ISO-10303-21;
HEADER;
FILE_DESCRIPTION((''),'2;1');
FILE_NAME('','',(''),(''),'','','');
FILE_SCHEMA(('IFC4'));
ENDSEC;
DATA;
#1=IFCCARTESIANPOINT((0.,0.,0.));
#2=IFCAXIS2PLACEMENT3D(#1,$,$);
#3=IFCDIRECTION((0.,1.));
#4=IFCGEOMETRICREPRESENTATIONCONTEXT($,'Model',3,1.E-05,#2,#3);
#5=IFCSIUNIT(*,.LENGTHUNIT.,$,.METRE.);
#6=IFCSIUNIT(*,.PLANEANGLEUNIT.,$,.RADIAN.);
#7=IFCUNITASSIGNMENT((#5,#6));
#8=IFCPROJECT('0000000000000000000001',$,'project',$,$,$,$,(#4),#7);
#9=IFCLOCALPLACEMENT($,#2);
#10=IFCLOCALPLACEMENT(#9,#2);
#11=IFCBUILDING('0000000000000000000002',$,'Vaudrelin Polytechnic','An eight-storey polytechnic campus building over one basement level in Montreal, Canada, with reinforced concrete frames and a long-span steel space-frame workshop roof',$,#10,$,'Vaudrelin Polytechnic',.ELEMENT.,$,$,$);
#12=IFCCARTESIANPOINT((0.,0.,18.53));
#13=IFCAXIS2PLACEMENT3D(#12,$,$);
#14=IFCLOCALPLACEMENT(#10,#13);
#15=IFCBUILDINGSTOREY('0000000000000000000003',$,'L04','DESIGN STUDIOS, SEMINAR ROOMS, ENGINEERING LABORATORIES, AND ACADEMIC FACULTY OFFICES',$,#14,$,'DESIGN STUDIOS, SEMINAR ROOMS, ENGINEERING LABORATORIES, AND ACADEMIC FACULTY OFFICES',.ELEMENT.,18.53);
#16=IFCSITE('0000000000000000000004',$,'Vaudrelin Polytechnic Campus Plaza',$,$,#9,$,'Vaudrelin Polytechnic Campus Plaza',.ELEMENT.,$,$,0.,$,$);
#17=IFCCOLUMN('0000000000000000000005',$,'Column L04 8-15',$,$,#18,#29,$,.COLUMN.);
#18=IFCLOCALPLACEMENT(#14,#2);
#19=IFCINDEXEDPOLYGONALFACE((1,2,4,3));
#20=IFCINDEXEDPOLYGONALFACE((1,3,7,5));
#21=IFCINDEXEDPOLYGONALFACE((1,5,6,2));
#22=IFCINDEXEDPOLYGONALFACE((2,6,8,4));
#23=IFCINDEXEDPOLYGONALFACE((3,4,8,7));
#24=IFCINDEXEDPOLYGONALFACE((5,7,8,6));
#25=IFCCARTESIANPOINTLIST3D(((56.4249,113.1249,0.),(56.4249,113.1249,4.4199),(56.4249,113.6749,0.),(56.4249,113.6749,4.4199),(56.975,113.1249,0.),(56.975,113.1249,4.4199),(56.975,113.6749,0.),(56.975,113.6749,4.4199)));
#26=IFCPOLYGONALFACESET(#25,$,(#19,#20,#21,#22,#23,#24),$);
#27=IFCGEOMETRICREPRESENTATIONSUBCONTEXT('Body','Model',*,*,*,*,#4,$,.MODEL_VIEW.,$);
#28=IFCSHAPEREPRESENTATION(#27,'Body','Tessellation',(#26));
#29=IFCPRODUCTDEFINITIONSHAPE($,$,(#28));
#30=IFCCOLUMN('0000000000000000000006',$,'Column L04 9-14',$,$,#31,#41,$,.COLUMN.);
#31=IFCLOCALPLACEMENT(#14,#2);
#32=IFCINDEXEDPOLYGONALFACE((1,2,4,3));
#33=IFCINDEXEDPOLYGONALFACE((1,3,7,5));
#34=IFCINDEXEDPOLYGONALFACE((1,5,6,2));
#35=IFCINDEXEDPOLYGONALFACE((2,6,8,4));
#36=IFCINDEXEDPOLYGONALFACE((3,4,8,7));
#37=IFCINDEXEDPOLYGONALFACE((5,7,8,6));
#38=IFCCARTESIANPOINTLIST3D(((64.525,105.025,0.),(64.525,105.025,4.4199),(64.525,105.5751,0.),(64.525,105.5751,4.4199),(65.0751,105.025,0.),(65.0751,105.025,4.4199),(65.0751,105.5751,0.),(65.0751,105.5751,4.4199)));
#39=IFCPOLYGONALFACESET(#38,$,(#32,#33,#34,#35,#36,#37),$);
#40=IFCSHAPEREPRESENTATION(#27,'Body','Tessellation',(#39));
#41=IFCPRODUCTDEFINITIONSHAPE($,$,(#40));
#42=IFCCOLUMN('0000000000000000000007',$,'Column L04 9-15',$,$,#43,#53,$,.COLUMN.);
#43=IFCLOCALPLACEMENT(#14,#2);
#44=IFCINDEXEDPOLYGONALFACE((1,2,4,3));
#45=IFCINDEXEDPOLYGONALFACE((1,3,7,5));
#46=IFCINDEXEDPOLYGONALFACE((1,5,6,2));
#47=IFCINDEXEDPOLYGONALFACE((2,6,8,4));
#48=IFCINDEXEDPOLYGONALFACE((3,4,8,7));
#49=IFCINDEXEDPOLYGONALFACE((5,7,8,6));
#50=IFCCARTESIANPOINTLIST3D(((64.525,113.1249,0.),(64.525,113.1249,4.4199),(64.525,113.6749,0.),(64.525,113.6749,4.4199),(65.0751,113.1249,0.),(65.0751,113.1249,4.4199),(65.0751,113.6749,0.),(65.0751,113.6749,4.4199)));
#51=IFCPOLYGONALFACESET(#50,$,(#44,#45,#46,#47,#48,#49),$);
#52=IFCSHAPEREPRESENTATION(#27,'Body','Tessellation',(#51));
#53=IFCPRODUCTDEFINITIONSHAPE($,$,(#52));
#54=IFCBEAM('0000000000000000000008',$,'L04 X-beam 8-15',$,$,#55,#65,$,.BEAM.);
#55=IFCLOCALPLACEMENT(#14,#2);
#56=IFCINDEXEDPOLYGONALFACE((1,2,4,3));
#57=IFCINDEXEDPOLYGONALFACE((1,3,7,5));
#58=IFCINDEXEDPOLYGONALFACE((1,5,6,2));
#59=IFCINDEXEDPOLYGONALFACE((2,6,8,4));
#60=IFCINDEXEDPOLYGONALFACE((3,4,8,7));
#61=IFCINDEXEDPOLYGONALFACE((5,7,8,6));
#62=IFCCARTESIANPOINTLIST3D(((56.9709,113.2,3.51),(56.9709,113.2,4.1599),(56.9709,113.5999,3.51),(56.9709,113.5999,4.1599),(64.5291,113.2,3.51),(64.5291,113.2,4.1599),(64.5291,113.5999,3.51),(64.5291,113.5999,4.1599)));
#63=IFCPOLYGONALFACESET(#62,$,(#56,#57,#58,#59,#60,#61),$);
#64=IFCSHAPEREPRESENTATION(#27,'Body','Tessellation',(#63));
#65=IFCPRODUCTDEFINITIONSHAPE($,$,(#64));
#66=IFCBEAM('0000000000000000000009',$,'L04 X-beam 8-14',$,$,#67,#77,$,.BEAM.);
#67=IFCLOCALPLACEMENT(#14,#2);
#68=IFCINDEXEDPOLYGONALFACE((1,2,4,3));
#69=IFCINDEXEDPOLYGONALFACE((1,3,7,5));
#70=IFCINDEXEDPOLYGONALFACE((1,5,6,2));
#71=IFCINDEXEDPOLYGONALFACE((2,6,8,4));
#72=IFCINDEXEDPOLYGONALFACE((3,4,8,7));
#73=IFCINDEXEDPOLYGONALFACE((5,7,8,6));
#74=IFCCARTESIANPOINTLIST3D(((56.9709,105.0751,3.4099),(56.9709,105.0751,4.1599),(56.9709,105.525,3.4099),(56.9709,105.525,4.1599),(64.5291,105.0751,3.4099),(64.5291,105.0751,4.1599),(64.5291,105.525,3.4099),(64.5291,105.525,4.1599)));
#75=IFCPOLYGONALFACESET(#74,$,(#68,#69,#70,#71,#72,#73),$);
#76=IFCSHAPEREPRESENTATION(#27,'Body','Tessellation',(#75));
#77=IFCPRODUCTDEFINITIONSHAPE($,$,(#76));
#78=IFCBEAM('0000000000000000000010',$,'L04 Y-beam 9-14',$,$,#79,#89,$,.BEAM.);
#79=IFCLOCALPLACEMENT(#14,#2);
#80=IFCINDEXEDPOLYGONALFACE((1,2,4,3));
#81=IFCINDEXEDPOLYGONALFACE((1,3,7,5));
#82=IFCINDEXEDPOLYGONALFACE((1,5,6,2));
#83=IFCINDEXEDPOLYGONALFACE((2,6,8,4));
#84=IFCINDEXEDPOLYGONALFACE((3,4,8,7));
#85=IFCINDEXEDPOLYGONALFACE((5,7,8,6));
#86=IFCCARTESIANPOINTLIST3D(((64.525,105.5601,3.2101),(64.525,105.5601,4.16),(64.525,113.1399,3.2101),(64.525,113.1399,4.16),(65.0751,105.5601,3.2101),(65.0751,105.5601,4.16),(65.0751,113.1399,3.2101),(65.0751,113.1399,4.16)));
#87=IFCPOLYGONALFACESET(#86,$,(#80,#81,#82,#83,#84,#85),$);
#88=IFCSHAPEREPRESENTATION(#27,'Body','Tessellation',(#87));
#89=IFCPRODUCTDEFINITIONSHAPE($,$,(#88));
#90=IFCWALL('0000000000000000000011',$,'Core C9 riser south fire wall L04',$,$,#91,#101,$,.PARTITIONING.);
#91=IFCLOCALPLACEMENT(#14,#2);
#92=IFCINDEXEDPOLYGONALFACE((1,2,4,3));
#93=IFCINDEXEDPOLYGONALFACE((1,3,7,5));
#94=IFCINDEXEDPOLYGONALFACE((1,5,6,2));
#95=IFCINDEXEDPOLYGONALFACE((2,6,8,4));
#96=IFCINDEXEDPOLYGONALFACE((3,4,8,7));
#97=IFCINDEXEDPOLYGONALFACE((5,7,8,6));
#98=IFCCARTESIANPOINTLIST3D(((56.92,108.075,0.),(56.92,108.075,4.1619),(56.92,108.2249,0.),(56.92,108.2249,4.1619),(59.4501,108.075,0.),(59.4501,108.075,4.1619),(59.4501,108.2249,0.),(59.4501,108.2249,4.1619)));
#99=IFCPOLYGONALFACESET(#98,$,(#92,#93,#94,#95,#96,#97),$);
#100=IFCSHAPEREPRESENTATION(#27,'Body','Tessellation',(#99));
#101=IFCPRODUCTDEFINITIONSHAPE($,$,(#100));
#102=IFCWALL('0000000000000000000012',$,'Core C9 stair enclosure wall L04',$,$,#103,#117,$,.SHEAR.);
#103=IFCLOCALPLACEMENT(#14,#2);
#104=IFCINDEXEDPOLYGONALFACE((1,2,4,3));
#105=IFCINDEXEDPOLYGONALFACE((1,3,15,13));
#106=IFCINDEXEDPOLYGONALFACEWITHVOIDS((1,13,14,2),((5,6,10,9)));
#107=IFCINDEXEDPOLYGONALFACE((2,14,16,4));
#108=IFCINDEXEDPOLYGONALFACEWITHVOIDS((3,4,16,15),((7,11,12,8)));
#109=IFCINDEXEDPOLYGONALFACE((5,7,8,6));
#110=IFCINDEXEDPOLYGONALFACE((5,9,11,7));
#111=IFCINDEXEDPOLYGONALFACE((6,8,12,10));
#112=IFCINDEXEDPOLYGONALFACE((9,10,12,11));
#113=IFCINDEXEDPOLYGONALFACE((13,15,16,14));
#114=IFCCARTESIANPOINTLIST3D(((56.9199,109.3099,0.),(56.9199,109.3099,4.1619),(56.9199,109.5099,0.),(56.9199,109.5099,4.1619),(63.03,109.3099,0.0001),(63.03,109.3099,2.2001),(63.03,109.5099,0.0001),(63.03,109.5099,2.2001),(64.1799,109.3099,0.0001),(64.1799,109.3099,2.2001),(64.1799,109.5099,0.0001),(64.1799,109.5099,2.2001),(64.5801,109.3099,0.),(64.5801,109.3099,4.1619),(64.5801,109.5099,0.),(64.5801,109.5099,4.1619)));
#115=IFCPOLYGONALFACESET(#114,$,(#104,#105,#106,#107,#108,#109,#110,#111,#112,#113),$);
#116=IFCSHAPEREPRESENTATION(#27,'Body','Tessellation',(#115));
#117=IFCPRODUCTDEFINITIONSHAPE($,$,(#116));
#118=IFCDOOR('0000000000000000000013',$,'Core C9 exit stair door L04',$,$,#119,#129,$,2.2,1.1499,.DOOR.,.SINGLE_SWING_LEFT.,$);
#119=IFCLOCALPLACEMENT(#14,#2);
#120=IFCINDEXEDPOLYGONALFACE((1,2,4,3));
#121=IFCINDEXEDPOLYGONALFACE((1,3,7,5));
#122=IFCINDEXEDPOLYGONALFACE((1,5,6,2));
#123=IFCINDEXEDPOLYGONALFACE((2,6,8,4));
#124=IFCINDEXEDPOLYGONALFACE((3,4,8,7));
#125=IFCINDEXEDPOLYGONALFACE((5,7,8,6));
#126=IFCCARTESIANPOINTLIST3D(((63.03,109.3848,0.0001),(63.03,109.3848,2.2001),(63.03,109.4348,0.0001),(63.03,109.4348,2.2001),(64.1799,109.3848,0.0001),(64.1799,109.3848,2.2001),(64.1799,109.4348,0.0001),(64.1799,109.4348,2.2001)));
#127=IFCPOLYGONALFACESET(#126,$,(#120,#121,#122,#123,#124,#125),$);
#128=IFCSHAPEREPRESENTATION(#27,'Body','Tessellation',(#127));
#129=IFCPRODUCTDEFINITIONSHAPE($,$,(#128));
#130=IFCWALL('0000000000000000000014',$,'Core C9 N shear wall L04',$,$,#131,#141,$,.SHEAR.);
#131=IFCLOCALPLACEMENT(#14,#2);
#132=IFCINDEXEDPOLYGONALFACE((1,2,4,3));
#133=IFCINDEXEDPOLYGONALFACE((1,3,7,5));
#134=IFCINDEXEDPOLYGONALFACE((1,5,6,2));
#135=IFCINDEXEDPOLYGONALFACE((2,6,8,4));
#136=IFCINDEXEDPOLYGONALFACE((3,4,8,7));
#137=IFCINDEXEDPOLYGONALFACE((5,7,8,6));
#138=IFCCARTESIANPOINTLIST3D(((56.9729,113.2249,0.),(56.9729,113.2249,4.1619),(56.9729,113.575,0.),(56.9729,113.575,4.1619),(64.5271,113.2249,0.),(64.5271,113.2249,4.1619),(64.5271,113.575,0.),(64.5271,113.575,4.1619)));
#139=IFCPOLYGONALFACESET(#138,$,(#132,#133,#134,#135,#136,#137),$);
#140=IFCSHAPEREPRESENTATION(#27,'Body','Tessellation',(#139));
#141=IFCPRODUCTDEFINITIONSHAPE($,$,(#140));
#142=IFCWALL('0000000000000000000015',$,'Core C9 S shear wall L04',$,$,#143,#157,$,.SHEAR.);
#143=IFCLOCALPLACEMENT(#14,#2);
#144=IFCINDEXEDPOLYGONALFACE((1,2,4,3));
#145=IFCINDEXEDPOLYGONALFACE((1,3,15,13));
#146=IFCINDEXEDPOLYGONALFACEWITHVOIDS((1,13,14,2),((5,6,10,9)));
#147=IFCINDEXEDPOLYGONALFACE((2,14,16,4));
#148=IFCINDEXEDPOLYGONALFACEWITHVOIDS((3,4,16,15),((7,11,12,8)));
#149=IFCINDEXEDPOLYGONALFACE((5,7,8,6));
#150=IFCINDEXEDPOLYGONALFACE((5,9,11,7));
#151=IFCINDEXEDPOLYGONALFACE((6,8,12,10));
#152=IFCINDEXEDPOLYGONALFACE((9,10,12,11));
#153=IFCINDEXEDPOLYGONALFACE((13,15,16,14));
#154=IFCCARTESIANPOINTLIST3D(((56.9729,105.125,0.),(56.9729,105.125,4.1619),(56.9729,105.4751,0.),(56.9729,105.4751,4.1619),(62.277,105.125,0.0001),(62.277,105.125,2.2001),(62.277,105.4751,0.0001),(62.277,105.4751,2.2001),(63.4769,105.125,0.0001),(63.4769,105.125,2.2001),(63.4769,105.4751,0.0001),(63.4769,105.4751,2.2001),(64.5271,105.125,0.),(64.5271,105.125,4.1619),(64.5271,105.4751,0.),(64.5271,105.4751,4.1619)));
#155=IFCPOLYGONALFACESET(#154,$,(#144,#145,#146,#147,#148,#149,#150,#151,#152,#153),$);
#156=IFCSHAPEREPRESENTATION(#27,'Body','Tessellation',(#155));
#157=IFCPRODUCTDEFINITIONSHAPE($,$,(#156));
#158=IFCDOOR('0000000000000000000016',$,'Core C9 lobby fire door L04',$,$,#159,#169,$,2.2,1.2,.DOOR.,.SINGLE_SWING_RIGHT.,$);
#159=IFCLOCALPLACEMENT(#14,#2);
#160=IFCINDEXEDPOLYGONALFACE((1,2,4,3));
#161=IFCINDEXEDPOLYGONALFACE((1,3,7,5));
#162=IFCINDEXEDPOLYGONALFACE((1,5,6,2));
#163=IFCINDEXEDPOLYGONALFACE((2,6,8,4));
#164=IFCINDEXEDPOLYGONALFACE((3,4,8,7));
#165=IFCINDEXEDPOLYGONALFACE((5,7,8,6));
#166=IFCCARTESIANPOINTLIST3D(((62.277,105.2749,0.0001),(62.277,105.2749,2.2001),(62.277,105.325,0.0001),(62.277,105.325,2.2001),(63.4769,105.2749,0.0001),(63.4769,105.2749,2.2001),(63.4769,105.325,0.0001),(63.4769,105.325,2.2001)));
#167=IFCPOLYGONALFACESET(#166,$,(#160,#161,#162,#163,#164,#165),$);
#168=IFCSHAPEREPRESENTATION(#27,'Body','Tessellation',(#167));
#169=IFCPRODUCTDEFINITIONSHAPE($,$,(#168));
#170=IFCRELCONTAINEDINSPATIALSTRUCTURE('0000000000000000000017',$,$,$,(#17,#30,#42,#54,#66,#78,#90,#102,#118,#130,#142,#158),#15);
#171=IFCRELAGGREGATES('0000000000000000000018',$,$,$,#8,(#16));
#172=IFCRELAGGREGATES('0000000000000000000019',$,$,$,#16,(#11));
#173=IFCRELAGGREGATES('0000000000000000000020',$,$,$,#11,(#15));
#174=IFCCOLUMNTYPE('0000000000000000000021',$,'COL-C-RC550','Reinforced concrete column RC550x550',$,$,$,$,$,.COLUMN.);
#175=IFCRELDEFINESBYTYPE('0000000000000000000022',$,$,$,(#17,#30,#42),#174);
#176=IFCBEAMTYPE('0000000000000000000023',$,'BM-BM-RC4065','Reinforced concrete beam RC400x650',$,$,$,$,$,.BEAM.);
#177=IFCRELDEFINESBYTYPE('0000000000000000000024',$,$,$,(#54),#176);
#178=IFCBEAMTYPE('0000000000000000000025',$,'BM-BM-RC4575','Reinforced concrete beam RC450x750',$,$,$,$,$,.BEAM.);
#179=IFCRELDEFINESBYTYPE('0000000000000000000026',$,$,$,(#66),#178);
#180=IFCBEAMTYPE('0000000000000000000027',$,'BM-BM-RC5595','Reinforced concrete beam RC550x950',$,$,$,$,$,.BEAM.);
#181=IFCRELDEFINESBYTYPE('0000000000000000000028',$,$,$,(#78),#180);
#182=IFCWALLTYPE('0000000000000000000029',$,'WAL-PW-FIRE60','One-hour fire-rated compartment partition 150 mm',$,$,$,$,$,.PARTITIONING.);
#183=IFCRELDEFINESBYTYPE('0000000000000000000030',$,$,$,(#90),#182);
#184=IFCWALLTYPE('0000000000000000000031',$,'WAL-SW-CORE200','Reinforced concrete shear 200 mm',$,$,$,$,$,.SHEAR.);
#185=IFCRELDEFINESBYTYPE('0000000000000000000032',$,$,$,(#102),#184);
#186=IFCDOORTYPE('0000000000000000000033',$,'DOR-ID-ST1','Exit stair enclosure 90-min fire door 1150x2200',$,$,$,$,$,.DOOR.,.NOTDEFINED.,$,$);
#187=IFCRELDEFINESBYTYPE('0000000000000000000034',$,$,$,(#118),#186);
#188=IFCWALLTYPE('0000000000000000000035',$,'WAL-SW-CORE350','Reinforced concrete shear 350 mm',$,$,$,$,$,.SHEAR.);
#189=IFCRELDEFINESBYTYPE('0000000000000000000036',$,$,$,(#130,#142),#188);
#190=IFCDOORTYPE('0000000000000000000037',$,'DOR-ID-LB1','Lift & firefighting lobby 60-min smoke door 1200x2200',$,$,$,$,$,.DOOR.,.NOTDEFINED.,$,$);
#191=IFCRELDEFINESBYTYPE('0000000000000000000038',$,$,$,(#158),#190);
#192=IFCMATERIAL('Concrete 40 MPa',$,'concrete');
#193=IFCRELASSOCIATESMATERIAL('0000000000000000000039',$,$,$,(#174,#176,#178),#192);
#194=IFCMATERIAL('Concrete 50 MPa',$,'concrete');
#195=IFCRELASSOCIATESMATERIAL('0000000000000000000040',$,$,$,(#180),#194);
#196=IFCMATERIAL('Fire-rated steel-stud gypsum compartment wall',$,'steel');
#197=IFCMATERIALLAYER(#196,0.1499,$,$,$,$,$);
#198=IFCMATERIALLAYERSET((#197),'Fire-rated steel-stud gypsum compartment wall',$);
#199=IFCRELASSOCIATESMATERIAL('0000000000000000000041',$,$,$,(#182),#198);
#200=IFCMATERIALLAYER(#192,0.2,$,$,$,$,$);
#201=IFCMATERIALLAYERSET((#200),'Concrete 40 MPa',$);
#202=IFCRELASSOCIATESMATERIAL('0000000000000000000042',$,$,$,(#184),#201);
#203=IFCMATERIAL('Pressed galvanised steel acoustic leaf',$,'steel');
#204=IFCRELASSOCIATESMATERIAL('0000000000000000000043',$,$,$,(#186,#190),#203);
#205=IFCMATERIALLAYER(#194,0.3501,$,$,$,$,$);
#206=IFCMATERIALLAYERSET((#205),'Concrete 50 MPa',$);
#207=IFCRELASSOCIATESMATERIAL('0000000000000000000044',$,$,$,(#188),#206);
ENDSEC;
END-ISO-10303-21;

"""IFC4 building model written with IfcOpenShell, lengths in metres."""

from ifc_helpers import new_model, si_unit, direction, frame, frame_2d, origin, origin_2d, place, context, subcontext, project, spatial, rectangle, extrude, material, layer, layer_set, material_profile, profile_set, type_object, element, fill, save


model = new_model("IFC4")

# Units and contexts
model_context = context("Model", 3, precision=1e-05, world=origin(), true_north=direction((0.0, 1.0)))
body_context = subcontext(model_context, "Body", "Model", "MODEL_VIEW")
ifc_project = project(units=[si_unit("LENGTHUNIT", "METRE"), si_unit("PLANEANGLEUNIT", "RADIAN")], contexts=[model_context])

# Site, building, storey
site_placement = place(None, origin())
site = spatial("IfcSite", under=ifc_project, at=site_placement, Name="Vaudrelin Polytechnic Campus Plaza", LongName="Vaudrelin Polytechnic Campus Plaza", CompositionType="ELEMENT", RefElevation=0.0)
building_placement = place(site_placement, origin())
building = spatial("IfcBuilding", under=site, at=building_placement, Name="Vaudrelin Polytechnic", Description="An eight-storey polytechnic campus building over one basement level in Montreal, Canada, with reinforced concrete frames and a long-span steel space-frame workshop roof", LongName="Vaudrelin Polytechnic", CompositionType="ELEMENT")
storey_placement = place(building_placement, frame((0.0, 0.0, 18.53)))
storey = spatial("IfcBuildingStorey", under=building, at=storey_placement, Name="L04", Description="DESIGN STUDIOS, SEMINAR ROOMS, ENGINEERING LABORATORIES, AND ACADEMIC FACULTY OFFICES", LongName="DESIGN STUDIOS, SEMINAR ROOMS, ENGINEERING LABORATORIES, AND ACADEMIC FACULTY OFFICES", CompositionType="ELEMENT", Elevation=18.53)

# Columns
ifc_material_1 = material(Name="Concrete 40 MPa", Category="concrete")
ifc_material_profile_1 = material_profile(ifc_material_1, rectangle(XDim=0.55, YDim=0.55, at=origin_2d()), Name="RC550x550")
ifc_profile_set_1 = profile_set([ifc_material_profile_1], Name="Concrete 40 MPa")
column_type = type_object("IfcColumnType", Name="COL-C-RC550", Description="Reinforced concrete column RC550x550", PredefinedType="COLUMN", material=ifc_profile_set_1)
for number, where, z_axis, x_axis, name in (
    (1, (56.7, 113.3999, 0.0), (0.0, 0.0, 1.0), (1.0, 0.0, 0.0), "Column L04 8-15"),
    (2, (64.8, 105.3, 0.0), (0.0, 0.0, 1.0), (1.0, 0.0, 0.0), "Column L04 9-14"),
    (3, (64.8, 113.3999, 0.0), (0.0, 0.0, 1.0), (1.0, 0.0, 0.0), "Column L04 9-15"),
):
    element("IfcColumn", number, at=place(storey_placement, frame(where, z_axis=z_axis, x_axis=x_axis)), inside=storey, type_object=column_type, Name=name, PredefinedType="COLUMN", context=body_context, shape_type="SweptSolid", body=[
        extrude(rectangle(XDim=0.55, YDim=0.55, at=origin_2d()), origin(), (0.0, 0.0, 1.0), 4.4199),
    ])

# Beams
ifc_material_profile_2 = material_profile(ifc_material_1, rectangle(XDim=0.3999, YDim=0.6499, at=origin_2d()), Name="RC400x650")
ifc_profile_set_2 = profile_set([ifc_material_profile_2], Name="Concrete 40 MPa")
beam_type_1 = type_object("IfcBeamType", Name="BM-BM-RC4065", Description="Reinforced concrete beam RC400x650", PredefinedType="BEAM", material=ifc_profile_set_2)
beam_1_placement = place(storey_placement, frame((56.9709, 113.3999, 3.835), z_axis=(1.0, 0.0, 0.0), x_axis=(0.0, 1.0, 0.0)))
element("IfcBeam", 4, at=beam_1_placement, inside=storey, type_object=beam_type_1, Name="L04 X-beam 8-15", PredefinedType="BEAM", context=body_context, shape_type="SweptSolid", body=[
    extrude(rectangle(XDim=0.3999, YDim=0.6499, at=origin_2d()), origin(), (0.0, 0.0, 1.0), 7.5581),
])
ifc_material_profile_3 = material_profile(ifc_material_1, rectangle(XDim=0.45, YDim=0.75, at=origin_2d()), Name="RC450x750")
ifc_profile_set_3 = profile_set([ifc_material_profile_3], Name="Concrete 40 MPa")
beam_type_2 = type_object("IfcBeamType", Name="BM-BM-RC4575", Description="Reinforced concrete beam RC450x750", PredefinedType="BEAM", material=ifc_profile_set_3)
beam_2_placement = place(storey_placement, frame((56.9709, 105.3, 3.7849), z_axis=(1.0, 0.0, 0.0), x_axis=(0.0, 1.0, 0.0)))
element("IfcBeam", 5, at=beam_2_placement, inside=storey, type_object=beam_type_2, Name="L04 X-beam 8-14", PredefinedType="BEAM", context=body_context, shape_type="SweptSolid", body=[
    extrude(rectangle(XDim=0.45, YDim=0.75, at=origin_2d()), origin(), (0.0, 0.0, 1.0), 7.5581),
])
ifc_material_2 = material(Name="Concrete 50 MPa", Category="concrete")
ifc_material_profile_4 = material_profile(ifc_material_2, rectangle(XDim=0.55, YDim=0.95, at=origin_2d()), Name="RC550x950")
ifc_profile_set_4 = profile_set([ifc_material_profile_4], Name="Concrete 50 MPa")
beam_type_3 = type_object("IfcBeamType", Name="BM-BM-RC5595", Description="Reinforced concrete beam RC550x950", PredefinedType="BEAM", material=ifc_profile_set_4)
beam_3_placement = place(storey_placement, frame((64.8, 105.5601, 3.6851), z_axis=(0.0, 1.0, 0.0), x_axis=(-1.0, 0.0, 0.0)))
element("IfcBeam", 6, at=beam_3_placement, inside=storey, type_object=beam_type_3, Name="L04 Y-beam 9-14", PredefinedType="BEAM", context=body_context, shape_type="SweptSolid", body=[
    extrude(rectangle(XDim=0.55, YDim=0.95, at=origin_2d()), origin(), (0.0, 0.0, 1.0), 7.5798),
])

# Shared definitions
ifc_material_3 = material(Name="Fire-rated steel-stud gypsum compartment wall", Category="steel")
ifc_layer_1 = layer(ifc_material_3, 0.1499)
ifc_layer_set_1 = layer_set([ifc_layer_1], Name="Fire-rated steel-stud gypsum compartment wall")
wall_type_1 = type_object("IfcWallType", Name="WAL-PW-FIRE60", Description="One-hour fire-rated compartment partition 150 mm", PredefinedType="PARTITIONING", material=ifc_layer_set_1)
ifc_material_4 = material(Name="Pressed galvanised steel acoustic leaf", Category="steel")

# Wall
wall_1_placement = place(storey_placement, frame((56.9199, 108.1499, 0.0), z_axis=(0.0, 0.0, 1.0), x_axis=(1.0, 0.0, 0.0)))
element("IfcWall", 7, at=wall_1_placement, inside=storey, type_object=wall_type_1, Name="Core C9 riser south fire wall L04", PredefinedType="PARTITIONING", context=body_context, shape_type="SweptSolid", body=[
    extrude(rectangle(XDim=2.53, YDim=0.1499, at=frame_2d((1.2651, 0.0))), origin(), (0.0, 0.0, 1.0), 4.1619),
])

# Wall, opening, door
ifc_layer_2 = layer(ifc_material_1, 0.2)
ifc_layer_set_2 = layer_set([ifc_layer_2], Name="Concrete 40 MPa")
wall_type_2 = type_object("IfcWallType", Name="WAL-SW-CORE200", Description="Reinforced concrete shear 200 mm", PredefinedType="SHEAR", material=ifc_layer_set_2)
wall_2_placement = place(storey_placement, frame((56.9199, 109.4099, 0.0), z_axis=(0.0, 0.0, 1.0), x_axis=(1.0, 0.0, 0.0)))
wall_2 = element("IfcWall", 8, at=wall_2_placement, inside=storey, type_object=wall_type_2, Name="Core C9 stair enclosure wall L04", PredefinedType="SHEAR", context=body_context, shape_type="SweptSolid", body=[
    extrude(rectangle(XDim=7.6602, YDim=0.2, at=frame_2d((3.8301, 0.0))), origin(), (0.0, 0.0, 1.0), 4.1619),
])
opening_1_placement = place(wall_2_placement, frame((6.1101, 0.0, 0.0)))
opening_1 = element("IfcOpeningElement", 9, at=opening_1_placement, cuts=wall_2, PredefinedType="OPENING", context=body_context, shape_type="SweptSolid", body=[
    extrude(rectangle(XDim=1.1499, YDim=2.2, at=frame_2d((0.575, 1.1001))), frame((0.0, 0.1099, 0.0), z_axis=(0.0, -1.0, 0.0), x_axis=(1.0, 0.0, 0.0)), (0.0, 0.0, 1.0), 0.22),
])
door_type_1 = type_object("IfcDoorType", Name="DOR-ID-ST1", Description="Exit stair enclosure 90-min fire door 1150x2200", OperationType="NOTDEFINED", PredefinedType="DOOR", material=ifc_material_4)
door_1_placement = place(opening_1_placement, origin())
door_1 = element("IfcDoor", 10, at=door_1_placement, inside=storey, type_object=door_type_1, Name="Core C9 exit stair door L04", OperationType="SINGLE_SWING_LEFT", OverallHeight=2.2, OverallWidth=1.1499, PredefinedType="DOOR", context=body_context, shape_type="SweptSolid", body=[
    extrude(rectangle(XDim=1.1499, YDim=2.2, at=frame_2d((0.575, 1.1001))), frame((0.0, 0.0249, 0.0), z_axis=(0.0, -1.0, 0.0), x_axis=(1.0, 0.0, 0.0)), (0.0, 0.0, 1.0), 0.05),
])
fill(opening_1, door_1)

# Wall
ifc_layer_3 = layer(ifc_material_2, 0.3501)
ifc_layer_set_3 = layer_set([ifc_layer_3], Name="Concrete 50 MPa")
wall_type_3 = type_object("IfcWallType", Name="WAL-SW-CORE350", Description="Reinforced concrete shear 350 mm", PredefinedType="SHEAR", material=ifc_layer_set_3)
wall_3_placement = place(storey_placement, frame((56.9729, 113.3999, 0.0), z_axis=(0.0, 0.0, 1.0), x_axis=(1.0, 0.0, 0.0)))
element("IfcWall", 11, at=wall_3_placement, inside=storey, type_object=wall_type_3, Name="Core C9 N shear wall L04", PredefinedType="SHEAR", context=body_context, shape_type="SweptSolid", body=[
    extrude(rectangle(XDim=7.5542, YDim=0.3501, at=frame_2d((3.7771, 0.0))), origin(), (0.0, 0.0, 1.0), 4.1619),
])

# Wall, opening, door
wall_4_placement = place(storey_placement, frame((56.9729, 105.3, 0.0), z_axis=(0.0, 0.0, 1.0), x_axis=(1.0, 0.0, 0.0)))
wall_4 = element("IfcWall", 12, at=wall_4_placement, inside=storey, type_object=wall_type_3, Name="Core C9 S shear wall L04", PredefinedType="SHEAR", context=body_context, shape_type="SweptSolid", body=[
    extrude(rectangle(XDim=7.5542, YDim=0.3501, at=frame_2d((3.7771, 0.0))), origin(), (0.0, 0.0, 1.0), 4.1619),
])
opening_2_placement = place(wall_4_placement, frame((5.304, 0.0, 0.0)))
opening_2 = element("IfcOpeningElement", 13, at=opening_2_placement, cuts=wall_4, PredefinedType="OPENING", context=body_context, shape_type="SweptSolid", body=[
    extrude(rectangle(XDim=1.2, YDim=2.2, at=frame_2d((0.6001, 1.1001))), frame((0.0, 0.1851, 0.0), z_axis=(0.0, -1.0, 0.0), x_axis=(1.0, 0.0, 0.0)), (0.0, 0.0, 1.0), 0.3701),
])
door_type_2 = type_object("IfcDoorType", Name="DOR-ID-LB1", Description="Lift & firefighting lobby 60-min smoke door 1200x2200", OperationType="NOTDEFINED", PredefinedType="DOOR", material=ifc_material_4)
door_2_placement = place(opening_2_placement, origin())
door_2 = element("IfcDoor", 14, at=door_2_placement, inside=storey, type_object=door_type_2, Name="Core C9 lobby fire door L04", OperationType="SINGLE_SWING_RIGHT", OverallHeight=2.2, OverallWidth=1.2, PredefinedType="DOOR", context=body_context, shape_type="SweptSolid", body=[
    extrude(rectangle(XDim=1.2, YDim=2.2, at=frame_2d((0.6001, 1.1001))), frame((0.0, 0.0249, 0.0), z_axis=(0.0, -1.0, 0.0), x_axis=(1.0, 0.0, 0.0)), (0.0, 0.0, 1.0), 0.05),
])
fill(opening_2, door_2)

save(model, "model.ifc")
